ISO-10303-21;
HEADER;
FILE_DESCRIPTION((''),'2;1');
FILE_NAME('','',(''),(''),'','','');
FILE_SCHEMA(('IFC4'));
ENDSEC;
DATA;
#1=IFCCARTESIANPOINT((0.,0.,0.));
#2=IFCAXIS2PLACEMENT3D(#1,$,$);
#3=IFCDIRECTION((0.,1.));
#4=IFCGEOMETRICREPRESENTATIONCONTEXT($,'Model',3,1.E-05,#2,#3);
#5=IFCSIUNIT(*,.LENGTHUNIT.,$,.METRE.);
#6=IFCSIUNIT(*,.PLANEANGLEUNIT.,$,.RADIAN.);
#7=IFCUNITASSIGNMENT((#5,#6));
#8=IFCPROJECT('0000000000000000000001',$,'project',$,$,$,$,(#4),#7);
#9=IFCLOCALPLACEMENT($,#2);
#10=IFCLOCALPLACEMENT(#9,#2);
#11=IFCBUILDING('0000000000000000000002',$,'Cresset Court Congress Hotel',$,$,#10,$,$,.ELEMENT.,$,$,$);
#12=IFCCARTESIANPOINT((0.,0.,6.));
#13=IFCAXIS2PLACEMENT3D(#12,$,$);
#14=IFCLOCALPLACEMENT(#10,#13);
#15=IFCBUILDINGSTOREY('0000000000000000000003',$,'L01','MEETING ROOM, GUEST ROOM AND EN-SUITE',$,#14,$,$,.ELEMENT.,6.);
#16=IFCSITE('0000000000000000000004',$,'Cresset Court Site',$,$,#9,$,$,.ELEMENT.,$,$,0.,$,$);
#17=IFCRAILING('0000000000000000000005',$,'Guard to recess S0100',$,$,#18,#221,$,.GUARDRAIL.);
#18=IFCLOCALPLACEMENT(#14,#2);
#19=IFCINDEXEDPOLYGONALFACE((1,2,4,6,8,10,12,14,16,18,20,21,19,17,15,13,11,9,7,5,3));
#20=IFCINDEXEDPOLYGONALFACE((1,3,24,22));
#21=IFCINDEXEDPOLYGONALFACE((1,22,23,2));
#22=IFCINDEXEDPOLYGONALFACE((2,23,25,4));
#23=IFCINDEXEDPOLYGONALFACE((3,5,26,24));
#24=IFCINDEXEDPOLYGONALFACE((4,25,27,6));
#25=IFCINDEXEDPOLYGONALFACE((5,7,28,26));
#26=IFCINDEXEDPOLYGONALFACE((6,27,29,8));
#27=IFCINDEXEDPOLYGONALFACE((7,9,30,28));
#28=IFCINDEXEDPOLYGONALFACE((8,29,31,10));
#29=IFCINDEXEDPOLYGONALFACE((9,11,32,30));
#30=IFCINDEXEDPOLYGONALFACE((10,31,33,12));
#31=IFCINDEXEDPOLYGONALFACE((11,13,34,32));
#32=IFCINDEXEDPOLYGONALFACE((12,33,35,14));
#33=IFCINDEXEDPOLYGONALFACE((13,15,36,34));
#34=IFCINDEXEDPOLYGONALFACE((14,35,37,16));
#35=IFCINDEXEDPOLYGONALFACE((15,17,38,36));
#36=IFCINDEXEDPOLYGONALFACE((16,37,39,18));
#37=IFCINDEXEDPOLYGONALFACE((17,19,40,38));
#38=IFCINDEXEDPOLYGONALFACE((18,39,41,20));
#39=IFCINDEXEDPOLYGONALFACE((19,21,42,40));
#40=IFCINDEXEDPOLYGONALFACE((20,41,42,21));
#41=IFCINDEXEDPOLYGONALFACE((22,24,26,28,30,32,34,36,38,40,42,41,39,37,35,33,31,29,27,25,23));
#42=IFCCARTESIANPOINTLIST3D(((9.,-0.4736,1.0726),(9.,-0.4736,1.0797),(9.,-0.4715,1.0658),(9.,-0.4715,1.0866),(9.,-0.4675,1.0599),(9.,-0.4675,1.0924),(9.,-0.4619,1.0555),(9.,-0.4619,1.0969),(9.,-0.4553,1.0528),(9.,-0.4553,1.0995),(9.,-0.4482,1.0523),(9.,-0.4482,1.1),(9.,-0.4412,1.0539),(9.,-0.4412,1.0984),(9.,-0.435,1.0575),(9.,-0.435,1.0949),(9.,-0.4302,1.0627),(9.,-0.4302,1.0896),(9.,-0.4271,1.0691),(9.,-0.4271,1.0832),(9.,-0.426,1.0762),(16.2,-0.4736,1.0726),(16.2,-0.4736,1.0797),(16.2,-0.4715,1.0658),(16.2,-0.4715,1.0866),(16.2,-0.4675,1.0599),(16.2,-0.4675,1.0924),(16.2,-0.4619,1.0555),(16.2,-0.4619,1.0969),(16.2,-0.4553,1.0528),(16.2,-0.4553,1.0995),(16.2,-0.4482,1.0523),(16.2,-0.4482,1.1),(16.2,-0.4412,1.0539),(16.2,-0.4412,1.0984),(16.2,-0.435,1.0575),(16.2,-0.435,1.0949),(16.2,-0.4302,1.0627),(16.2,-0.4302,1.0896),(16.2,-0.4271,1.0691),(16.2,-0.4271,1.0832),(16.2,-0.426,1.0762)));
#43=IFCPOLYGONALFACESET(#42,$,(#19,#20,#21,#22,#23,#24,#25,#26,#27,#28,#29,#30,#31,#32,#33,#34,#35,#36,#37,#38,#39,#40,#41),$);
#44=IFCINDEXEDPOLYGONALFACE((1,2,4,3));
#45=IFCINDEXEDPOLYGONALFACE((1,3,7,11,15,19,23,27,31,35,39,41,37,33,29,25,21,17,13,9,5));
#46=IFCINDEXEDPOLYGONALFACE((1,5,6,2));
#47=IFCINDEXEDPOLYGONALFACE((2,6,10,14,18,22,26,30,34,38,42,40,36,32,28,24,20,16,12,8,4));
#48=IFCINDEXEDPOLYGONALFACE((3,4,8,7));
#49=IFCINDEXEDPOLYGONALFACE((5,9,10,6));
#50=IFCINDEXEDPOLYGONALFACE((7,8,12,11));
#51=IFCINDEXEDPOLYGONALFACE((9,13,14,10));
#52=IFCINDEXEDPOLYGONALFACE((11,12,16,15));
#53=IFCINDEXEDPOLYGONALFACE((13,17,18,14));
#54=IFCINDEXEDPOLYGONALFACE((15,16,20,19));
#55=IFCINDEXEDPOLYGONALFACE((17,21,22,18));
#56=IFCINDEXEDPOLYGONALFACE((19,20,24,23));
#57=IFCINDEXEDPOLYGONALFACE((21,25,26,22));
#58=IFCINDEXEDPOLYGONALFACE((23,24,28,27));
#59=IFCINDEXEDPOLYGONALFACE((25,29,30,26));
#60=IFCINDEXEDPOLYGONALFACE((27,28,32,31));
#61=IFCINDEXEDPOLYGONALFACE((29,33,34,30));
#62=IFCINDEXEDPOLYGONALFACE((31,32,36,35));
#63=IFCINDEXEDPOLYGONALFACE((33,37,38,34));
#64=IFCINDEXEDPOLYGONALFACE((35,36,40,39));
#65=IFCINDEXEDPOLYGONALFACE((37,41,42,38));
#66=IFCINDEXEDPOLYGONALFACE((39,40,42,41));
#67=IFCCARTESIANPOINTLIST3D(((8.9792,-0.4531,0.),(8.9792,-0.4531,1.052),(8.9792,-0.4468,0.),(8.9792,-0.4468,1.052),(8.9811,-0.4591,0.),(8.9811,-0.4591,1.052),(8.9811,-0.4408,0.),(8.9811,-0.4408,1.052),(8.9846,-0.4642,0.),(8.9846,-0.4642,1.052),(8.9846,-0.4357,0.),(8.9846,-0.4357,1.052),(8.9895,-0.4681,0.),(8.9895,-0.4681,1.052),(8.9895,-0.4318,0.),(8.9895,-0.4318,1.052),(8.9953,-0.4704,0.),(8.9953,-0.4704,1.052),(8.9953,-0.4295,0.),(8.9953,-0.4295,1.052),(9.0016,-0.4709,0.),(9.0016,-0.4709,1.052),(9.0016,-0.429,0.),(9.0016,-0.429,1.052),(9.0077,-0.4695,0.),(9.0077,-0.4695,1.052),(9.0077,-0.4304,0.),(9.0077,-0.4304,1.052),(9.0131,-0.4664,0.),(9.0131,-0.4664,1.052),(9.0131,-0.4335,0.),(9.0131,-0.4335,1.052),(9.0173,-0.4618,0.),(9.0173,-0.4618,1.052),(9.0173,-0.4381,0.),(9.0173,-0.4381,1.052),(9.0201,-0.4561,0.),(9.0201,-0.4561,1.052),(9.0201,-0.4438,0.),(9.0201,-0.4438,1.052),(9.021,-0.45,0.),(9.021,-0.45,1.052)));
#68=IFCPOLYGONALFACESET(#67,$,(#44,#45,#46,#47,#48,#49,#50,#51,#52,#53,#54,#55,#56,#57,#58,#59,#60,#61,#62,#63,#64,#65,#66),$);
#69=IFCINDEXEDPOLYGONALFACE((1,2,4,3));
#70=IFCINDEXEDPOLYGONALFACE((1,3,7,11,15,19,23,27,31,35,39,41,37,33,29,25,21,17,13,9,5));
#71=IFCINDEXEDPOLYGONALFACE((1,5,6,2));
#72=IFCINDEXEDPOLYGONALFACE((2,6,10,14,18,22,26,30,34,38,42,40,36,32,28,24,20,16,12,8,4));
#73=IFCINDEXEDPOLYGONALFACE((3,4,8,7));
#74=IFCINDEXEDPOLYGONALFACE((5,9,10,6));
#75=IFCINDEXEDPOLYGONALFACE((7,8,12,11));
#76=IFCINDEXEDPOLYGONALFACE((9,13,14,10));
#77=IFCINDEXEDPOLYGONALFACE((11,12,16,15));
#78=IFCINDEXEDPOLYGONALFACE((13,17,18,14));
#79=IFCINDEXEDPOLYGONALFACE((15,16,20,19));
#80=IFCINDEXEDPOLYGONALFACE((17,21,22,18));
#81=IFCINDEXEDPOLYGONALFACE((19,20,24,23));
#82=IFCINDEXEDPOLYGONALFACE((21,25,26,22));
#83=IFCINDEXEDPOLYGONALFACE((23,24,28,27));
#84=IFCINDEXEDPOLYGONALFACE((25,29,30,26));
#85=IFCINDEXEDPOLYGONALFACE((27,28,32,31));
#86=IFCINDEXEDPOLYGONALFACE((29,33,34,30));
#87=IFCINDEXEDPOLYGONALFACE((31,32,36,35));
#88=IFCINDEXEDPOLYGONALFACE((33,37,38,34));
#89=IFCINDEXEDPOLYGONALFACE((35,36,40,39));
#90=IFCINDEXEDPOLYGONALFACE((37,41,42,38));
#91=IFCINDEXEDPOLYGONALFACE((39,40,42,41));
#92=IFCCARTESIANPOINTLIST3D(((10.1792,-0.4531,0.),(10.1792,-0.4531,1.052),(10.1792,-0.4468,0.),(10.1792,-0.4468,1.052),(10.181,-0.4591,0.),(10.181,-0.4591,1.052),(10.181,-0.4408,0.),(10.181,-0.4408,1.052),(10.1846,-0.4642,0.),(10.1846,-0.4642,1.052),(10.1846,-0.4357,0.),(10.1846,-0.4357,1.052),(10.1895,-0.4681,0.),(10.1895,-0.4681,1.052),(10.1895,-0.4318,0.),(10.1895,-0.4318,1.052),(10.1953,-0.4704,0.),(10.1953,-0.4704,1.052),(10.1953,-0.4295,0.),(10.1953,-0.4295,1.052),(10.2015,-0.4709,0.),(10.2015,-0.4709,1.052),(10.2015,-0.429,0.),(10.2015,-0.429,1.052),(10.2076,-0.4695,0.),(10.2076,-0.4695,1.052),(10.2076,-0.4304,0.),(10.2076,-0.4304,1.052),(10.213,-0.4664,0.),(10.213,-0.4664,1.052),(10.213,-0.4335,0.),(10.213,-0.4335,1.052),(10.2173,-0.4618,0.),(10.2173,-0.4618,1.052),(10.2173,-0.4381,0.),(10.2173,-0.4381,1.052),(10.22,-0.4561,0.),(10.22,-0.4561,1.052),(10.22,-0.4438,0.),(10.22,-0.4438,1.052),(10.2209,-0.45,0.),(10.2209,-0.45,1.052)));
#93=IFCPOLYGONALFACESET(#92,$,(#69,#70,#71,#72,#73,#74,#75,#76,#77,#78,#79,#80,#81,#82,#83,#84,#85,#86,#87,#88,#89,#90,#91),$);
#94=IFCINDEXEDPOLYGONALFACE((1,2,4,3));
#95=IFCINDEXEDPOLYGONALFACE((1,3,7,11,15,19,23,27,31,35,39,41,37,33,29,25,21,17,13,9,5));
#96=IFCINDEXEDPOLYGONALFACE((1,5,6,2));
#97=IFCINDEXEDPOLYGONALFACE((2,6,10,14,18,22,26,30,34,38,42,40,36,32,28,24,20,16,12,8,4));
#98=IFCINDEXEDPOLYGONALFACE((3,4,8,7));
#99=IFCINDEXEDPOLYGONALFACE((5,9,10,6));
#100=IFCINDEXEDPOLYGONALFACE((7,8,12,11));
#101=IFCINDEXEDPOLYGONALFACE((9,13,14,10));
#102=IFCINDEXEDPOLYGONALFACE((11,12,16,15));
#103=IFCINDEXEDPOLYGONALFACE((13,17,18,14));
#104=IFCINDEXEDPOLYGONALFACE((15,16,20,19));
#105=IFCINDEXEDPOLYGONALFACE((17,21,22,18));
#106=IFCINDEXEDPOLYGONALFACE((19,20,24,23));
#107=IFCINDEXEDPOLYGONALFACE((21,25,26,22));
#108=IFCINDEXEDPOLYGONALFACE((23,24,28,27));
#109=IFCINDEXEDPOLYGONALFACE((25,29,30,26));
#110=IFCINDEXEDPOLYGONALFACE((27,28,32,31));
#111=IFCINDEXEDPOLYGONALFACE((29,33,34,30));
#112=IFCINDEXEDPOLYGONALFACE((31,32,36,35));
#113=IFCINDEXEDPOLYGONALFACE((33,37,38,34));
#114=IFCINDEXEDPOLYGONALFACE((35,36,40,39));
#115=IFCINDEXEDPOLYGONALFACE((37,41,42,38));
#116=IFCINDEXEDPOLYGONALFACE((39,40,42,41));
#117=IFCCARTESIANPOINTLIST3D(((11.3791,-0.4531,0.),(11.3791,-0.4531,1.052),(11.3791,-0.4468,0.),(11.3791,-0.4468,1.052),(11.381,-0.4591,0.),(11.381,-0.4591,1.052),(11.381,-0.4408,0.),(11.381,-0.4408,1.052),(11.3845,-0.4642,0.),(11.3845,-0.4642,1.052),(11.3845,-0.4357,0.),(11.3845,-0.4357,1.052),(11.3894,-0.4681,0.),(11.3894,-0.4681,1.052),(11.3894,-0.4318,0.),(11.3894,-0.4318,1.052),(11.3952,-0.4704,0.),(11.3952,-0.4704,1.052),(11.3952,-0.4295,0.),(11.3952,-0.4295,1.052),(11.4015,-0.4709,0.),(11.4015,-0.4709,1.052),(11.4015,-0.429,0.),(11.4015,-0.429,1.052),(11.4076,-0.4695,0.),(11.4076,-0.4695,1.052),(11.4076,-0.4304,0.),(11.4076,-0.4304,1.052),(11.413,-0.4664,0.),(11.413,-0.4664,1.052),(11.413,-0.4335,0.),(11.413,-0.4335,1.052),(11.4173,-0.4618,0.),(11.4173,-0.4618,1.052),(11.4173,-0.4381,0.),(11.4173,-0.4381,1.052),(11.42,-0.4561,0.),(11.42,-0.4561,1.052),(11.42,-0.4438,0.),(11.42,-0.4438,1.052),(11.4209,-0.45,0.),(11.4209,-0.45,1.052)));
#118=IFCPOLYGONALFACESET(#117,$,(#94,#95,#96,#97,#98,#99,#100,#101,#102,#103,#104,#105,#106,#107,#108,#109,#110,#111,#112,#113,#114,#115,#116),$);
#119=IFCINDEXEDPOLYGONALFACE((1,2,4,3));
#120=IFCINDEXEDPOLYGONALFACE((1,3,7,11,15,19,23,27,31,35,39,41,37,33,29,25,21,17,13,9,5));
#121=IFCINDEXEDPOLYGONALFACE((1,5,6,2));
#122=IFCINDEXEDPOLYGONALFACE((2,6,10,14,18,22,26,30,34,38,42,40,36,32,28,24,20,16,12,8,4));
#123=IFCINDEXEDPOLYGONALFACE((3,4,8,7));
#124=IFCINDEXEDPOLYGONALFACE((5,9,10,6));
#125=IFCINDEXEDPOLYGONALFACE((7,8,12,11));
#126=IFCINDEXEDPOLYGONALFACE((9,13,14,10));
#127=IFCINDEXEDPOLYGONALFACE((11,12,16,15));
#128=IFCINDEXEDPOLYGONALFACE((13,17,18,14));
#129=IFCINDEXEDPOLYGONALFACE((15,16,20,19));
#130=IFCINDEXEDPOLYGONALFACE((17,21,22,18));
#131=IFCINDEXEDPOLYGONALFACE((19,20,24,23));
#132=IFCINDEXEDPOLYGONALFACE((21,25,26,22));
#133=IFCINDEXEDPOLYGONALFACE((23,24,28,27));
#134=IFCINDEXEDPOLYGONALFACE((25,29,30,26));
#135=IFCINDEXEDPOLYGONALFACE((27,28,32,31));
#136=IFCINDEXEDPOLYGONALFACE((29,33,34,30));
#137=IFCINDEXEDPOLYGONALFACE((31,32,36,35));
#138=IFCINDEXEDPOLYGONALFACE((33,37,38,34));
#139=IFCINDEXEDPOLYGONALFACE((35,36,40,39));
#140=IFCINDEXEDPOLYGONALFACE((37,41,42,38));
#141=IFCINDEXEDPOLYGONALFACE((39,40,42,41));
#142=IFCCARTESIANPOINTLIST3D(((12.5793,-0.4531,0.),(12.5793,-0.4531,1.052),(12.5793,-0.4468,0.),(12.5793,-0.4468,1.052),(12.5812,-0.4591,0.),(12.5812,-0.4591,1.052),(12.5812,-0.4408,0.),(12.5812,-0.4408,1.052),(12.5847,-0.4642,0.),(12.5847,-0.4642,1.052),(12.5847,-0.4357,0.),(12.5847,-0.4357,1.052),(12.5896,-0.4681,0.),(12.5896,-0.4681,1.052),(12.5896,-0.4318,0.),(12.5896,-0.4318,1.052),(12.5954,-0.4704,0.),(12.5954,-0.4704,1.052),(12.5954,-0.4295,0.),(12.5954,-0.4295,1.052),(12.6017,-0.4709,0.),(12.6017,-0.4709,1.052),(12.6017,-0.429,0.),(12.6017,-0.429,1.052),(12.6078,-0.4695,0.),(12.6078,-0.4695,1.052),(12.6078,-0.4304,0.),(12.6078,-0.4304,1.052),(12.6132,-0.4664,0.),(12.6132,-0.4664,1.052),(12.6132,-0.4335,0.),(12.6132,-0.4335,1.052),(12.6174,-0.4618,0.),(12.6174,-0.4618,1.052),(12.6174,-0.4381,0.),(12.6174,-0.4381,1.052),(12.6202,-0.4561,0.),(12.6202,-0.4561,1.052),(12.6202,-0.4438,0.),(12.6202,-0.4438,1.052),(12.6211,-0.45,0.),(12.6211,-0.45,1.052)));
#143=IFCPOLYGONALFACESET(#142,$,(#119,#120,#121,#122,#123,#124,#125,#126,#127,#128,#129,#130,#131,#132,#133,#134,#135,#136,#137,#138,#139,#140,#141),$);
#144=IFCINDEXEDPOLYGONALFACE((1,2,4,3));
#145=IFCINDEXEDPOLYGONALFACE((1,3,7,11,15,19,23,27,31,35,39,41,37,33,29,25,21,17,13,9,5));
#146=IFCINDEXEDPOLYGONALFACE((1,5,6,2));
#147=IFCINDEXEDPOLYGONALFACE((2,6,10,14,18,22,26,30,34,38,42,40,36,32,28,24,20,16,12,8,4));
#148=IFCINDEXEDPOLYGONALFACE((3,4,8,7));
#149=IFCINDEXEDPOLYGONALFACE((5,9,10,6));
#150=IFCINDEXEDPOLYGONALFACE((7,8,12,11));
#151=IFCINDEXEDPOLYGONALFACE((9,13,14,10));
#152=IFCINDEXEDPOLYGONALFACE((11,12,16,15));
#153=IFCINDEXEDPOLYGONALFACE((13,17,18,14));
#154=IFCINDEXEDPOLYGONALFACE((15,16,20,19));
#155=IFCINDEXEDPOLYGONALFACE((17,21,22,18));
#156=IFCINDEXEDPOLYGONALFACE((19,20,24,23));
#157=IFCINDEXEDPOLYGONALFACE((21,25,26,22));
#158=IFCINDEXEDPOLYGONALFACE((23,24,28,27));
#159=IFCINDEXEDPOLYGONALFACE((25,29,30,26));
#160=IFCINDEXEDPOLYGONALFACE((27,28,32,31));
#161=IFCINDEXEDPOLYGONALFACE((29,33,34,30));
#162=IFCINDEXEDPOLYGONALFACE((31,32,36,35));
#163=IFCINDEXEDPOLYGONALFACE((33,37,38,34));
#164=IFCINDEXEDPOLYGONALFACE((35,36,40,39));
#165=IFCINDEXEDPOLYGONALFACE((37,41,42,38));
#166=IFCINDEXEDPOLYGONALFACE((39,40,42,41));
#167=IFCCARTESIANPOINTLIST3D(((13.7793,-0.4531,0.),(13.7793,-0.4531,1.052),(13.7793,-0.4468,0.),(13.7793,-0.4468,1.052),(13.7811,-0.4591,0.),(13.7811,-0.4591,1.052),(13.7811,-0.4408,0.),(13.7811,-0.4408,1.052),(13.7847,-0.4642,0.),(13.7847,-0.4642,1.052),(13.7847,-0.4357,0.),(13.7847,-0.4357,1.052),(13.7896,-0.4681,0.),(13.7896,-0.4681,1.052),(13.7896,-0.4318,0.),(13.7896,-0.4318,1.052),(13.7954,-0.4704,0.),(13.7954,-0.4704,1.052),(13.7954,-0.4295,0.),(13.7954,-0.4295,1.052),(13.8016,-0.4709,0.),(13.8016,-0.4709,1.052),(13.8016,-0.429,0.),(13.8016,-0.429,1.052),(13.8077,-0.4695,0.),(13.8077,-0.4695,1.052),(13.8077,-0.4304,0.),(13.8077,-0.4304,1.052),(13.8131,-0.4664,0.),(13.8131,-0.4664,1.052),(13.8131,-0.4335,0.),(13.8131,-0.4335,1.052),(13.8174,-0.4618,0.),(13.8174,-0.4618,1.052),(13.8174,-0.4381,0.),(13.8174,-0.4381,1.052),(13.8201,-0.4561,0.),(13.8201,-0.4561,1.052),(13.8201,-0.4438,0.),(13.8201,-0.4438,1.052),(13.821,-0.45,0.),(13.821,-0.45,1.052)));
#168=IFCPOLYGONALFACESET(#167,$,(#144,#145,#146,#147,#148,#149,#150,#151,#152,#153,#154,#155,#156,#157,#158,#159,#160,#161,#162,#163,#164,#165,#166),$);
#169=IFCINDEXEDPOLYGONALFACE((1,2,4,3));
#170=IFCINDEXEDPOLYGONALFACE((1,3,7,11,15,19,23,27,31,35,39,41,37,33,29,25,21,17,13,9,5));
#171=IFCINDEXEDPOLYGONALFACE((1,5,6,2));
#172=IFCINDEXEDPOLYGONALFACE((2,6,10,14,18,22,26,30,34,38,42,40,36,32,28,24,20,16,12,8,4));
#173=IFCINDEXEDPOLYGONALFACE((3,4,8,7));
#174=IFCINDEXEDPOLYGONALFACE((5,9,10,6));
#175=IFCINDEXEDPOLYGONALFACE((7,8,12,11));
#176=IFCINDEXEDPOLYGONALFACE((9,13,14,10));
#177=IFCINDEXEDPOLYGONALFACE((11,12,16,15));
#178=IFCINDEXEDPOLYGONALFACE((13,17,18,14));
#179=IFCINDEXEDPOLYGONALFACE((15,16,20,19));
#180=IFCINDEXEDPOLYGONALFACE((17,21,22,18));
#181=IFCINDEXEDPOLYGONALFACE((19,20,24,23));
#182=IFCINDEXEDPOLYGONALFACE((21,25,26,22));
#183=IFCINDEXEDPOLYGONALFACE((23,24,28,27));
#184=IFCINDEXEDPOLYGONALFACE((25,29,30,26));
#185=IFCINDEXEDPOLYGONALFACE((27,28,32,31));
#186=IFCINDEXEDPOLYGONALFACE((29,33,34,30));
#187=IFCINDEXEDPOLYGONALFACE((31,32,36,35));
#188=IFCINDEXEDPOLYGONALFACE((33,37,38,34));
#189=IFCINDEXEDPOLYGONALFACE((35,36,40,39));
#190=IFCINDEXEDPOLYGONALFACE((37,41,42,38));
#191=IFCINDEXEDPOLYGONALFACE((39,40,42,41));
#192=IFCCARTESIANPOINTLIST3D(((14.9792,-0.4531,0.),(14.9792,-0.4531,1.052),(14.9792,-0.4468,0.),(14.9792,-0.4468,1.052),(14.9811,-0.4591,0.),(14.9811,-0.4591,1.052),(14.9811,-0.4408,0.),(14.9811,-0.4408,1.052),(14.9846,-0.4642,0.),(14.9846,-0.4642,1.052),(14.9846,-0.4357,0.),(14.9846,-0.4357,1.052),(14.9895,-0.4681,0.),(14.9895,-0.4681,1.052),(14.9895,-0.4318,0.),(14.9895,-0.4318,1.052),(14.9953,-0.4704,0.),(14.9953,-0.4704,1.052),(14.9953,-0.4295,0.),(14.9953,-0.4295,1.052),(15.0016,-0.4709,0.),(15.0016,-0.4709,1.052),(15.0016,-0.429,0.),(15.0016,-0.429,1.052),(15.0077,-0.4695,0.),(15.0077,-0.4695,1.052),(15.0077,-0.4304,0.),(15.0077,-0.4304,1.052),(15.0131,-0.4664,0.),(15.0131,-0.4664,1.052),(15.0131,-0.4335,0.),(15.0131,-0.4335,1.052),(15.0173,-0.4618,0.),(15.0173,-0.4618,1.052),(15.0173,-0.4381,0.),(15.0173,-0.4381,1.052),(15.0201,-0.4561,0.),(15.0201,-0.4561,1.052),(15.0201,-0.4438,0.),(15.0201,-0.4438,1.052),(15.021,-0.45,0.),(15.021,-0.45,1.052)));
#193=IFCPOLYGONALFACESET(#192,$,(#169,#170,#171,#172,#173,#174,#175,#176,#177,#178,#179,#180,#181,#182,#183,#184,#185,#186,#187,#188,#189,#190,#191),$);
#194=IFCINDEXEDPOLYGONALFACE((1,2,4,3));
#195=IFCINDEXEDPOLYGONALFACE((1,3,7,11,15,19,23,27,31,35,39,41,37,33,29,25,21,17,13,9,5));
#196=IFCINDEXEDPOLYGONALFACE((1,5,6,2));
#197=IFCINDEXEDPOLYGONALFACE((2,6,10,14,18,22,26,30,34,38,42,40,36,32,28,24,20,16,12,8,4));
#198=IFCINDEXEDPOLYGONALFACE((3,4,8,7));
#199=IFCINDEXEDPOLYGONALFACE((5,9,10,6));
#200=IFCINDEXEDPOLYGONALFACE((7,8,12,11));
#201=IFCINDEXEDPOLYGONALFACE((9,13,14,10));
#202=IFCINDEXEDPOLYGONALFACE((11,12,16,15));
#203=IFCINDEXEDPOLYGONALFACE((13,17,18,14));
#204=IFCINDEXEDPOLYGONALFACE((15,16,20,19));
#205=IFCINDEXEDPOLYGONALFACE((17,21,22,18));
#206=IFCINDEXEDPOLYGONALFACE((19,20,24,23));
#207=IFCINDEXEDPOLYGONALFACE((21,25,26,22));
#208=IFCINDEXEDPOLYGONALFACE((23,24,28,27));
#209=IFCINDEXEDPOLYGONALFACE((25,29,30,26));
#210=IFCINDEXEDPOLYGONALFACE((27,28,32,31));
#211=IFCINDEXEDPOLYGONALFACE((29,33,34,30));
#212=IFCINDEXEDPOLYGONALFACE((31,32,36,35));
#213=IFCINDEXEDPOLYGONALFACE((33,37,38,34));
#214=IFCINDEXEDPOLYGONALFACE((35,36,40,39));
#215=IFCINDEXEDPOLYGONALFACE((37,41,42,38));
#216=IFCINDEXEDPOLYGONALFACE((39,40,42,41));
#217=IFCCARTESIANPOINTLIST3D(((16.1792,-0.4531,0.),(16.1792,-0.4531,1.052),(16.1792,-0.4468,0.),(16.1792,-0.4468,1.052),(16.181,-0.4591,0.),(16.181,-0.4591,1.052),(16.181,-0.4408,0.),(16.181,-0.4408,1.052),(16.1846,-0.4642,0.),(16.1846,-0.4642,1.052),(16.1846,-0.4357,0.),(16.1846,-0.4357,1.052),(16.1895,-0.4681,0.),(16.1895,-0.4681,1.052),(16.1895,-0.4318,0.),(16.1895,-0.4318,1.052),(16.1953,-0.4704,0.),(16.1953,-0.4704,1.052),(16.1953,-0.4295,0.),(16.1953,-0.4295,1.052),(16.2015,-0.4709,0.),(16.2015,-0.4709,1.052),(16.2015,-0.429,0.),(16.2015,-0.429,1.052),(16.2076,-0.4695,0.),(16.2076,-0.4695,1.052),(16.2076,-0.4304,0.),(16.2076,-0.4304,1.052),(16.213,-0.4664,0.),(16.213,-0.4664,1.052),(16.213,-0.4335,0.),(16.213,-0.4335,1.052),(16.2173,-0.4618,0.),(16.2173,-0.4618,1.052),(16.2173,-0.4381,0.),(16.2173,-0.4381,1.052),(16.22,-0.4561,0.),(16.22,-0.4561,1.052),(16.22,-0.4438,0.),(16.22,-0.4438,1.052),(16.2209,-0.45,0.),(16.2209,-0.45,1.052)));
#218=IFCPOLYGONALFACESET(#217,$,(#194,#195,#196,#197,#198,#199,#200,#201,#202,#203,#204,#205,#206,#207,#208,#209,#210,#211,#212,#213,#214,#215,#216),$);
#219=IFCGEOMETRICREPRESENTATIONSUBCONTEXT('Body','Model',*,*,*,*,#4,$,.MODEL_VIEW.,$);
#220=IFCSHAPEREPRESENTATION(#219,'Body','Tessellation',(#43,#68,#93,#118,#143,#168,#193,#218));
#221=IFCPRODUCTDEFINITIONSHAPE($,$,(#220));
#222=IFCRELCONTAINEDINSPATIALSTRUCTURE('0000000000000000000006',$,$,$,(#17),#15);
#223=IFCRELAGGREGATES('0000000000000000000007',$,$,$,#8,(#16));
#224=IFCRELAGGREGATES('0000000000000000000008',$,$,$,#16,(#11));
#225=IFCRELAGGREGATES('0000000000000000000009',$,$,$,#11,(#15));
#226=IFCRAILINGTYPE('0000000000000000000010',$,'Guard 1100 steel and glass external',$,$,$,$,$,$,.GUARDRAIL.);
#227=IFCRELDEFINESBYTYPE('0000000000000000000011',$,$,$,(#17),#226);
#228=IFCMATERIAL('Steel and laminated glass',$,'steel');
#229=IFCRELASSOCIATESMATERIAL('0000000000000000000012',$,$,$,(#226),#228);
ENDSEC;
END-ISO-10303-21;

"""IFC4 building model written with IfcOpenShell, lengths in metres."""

from ifc_helpers import new_model, si_unit, direction, frame, origin, origin_2d, place, context, subcontext, project, spatial, circle, extrude, material, type_object, element, save


model = new_model("IFC4")

# Units and contexts
model_context = context("Model", 3, precision=1e-05, world=origin(), true_north=direction((0.0, 1.0)))
body_context = subcontext(model_context, "Body", "Model", "MODEL_VIEW")
ifc_project = project(units=[si_unit("LENGTHUNIT", "METRE"), si_unit("PLANEANGLEUNIT", "RADIAN")], contexts=[model_context])

# Site, building, storey
site_placement = place(None, origin())
site = spatial("IfcSite", under=ifc_project, at=site_placement, Name="Cresset Court Site", CompositionType="ELEMENT", RefElevation=0.0)
building_placement = place(site_placement, origin())
building = spatial("IfcBuilding", under=site, at=building_placement, Name="Cresset Court Congress Hotel", CompositionType="ELEMENT")
storey_placement = place(building_placement, frame((0.0, 0.0, 6.0)))
storey = spatial("IfcBuildingStorey", under=building, at=storey_placement, Name="L01", Description="MEETING ROOM, GUEST ROOM AND EN-SUITE", CompositionType="ELEMENT", Elevation=6.0)

# Railing
ifc_material_1 = material(Name="Steel and laminated glass", Category="steel")
railing_type = type_object("IfcRailingType", Name="Guard 1100 steel and glass external", PredefinedType="GUARDRAIL", material=ifc_material_1)
railing_placement = place(storey_placement, frame((9.0, -0.45, 0.0)))
element("IfcRailing", 1, at=railing_placement, inside=storey, type_object=railing_type, Name="Guard to recess S0100", PredefinedType="GUARDRAIL", context=body_context, shape_type="SweptSolid", body=[
    extrude(circle(Radius=0.0239, at=origin_2d()), frame((0.0, 0.0, 1.0762), z_axis=(1.0, 0.0, 0.0), x_axis=(0.0, 1.0, 0.0)), (0.0, 0.0, 1.0), 7.2),
    extrude(circle(Radius=0.021, at=origin_2d()), origin(), (0.0, 0.0, 1.0), 1.052),
    extrude(circle(Radius=0.021, at=origin_2d()), frame((1.2, 0.0, 0.0)), (0.0, 0.0, 1.0), 1.052),
    extrude(circle(Radius=0.021, at=origin_2d()), frame((2.3999, 0.0, 0.0)), (0.0, 0.0, 1.0), 1.052),
    extrude(circle(Radius=0.021, at=origin_2d()), frame((3.6001, 0.0, 0.0)), (0.0, 0.0, 1.0), 1.052),
    extrude(circle(Radius=0.021, at=origin_2d()), frame((4.8, 0.0, 0.0)), (0.0, 0.0, 1.0), 1.052),
    extrude(circle(Radius=0.021, at=origin_2d()), frame((6.0, 0.0, 0.0)), (0.0, 0.0, 1.0), 1.052),
    extrude(circle(Radius=0.021, at=origin_2d()), frame((7.2, 0.0, 0.0)), (0.0, 0.0, 1.0), 1.052),
])

save(model, "model.ifc")
